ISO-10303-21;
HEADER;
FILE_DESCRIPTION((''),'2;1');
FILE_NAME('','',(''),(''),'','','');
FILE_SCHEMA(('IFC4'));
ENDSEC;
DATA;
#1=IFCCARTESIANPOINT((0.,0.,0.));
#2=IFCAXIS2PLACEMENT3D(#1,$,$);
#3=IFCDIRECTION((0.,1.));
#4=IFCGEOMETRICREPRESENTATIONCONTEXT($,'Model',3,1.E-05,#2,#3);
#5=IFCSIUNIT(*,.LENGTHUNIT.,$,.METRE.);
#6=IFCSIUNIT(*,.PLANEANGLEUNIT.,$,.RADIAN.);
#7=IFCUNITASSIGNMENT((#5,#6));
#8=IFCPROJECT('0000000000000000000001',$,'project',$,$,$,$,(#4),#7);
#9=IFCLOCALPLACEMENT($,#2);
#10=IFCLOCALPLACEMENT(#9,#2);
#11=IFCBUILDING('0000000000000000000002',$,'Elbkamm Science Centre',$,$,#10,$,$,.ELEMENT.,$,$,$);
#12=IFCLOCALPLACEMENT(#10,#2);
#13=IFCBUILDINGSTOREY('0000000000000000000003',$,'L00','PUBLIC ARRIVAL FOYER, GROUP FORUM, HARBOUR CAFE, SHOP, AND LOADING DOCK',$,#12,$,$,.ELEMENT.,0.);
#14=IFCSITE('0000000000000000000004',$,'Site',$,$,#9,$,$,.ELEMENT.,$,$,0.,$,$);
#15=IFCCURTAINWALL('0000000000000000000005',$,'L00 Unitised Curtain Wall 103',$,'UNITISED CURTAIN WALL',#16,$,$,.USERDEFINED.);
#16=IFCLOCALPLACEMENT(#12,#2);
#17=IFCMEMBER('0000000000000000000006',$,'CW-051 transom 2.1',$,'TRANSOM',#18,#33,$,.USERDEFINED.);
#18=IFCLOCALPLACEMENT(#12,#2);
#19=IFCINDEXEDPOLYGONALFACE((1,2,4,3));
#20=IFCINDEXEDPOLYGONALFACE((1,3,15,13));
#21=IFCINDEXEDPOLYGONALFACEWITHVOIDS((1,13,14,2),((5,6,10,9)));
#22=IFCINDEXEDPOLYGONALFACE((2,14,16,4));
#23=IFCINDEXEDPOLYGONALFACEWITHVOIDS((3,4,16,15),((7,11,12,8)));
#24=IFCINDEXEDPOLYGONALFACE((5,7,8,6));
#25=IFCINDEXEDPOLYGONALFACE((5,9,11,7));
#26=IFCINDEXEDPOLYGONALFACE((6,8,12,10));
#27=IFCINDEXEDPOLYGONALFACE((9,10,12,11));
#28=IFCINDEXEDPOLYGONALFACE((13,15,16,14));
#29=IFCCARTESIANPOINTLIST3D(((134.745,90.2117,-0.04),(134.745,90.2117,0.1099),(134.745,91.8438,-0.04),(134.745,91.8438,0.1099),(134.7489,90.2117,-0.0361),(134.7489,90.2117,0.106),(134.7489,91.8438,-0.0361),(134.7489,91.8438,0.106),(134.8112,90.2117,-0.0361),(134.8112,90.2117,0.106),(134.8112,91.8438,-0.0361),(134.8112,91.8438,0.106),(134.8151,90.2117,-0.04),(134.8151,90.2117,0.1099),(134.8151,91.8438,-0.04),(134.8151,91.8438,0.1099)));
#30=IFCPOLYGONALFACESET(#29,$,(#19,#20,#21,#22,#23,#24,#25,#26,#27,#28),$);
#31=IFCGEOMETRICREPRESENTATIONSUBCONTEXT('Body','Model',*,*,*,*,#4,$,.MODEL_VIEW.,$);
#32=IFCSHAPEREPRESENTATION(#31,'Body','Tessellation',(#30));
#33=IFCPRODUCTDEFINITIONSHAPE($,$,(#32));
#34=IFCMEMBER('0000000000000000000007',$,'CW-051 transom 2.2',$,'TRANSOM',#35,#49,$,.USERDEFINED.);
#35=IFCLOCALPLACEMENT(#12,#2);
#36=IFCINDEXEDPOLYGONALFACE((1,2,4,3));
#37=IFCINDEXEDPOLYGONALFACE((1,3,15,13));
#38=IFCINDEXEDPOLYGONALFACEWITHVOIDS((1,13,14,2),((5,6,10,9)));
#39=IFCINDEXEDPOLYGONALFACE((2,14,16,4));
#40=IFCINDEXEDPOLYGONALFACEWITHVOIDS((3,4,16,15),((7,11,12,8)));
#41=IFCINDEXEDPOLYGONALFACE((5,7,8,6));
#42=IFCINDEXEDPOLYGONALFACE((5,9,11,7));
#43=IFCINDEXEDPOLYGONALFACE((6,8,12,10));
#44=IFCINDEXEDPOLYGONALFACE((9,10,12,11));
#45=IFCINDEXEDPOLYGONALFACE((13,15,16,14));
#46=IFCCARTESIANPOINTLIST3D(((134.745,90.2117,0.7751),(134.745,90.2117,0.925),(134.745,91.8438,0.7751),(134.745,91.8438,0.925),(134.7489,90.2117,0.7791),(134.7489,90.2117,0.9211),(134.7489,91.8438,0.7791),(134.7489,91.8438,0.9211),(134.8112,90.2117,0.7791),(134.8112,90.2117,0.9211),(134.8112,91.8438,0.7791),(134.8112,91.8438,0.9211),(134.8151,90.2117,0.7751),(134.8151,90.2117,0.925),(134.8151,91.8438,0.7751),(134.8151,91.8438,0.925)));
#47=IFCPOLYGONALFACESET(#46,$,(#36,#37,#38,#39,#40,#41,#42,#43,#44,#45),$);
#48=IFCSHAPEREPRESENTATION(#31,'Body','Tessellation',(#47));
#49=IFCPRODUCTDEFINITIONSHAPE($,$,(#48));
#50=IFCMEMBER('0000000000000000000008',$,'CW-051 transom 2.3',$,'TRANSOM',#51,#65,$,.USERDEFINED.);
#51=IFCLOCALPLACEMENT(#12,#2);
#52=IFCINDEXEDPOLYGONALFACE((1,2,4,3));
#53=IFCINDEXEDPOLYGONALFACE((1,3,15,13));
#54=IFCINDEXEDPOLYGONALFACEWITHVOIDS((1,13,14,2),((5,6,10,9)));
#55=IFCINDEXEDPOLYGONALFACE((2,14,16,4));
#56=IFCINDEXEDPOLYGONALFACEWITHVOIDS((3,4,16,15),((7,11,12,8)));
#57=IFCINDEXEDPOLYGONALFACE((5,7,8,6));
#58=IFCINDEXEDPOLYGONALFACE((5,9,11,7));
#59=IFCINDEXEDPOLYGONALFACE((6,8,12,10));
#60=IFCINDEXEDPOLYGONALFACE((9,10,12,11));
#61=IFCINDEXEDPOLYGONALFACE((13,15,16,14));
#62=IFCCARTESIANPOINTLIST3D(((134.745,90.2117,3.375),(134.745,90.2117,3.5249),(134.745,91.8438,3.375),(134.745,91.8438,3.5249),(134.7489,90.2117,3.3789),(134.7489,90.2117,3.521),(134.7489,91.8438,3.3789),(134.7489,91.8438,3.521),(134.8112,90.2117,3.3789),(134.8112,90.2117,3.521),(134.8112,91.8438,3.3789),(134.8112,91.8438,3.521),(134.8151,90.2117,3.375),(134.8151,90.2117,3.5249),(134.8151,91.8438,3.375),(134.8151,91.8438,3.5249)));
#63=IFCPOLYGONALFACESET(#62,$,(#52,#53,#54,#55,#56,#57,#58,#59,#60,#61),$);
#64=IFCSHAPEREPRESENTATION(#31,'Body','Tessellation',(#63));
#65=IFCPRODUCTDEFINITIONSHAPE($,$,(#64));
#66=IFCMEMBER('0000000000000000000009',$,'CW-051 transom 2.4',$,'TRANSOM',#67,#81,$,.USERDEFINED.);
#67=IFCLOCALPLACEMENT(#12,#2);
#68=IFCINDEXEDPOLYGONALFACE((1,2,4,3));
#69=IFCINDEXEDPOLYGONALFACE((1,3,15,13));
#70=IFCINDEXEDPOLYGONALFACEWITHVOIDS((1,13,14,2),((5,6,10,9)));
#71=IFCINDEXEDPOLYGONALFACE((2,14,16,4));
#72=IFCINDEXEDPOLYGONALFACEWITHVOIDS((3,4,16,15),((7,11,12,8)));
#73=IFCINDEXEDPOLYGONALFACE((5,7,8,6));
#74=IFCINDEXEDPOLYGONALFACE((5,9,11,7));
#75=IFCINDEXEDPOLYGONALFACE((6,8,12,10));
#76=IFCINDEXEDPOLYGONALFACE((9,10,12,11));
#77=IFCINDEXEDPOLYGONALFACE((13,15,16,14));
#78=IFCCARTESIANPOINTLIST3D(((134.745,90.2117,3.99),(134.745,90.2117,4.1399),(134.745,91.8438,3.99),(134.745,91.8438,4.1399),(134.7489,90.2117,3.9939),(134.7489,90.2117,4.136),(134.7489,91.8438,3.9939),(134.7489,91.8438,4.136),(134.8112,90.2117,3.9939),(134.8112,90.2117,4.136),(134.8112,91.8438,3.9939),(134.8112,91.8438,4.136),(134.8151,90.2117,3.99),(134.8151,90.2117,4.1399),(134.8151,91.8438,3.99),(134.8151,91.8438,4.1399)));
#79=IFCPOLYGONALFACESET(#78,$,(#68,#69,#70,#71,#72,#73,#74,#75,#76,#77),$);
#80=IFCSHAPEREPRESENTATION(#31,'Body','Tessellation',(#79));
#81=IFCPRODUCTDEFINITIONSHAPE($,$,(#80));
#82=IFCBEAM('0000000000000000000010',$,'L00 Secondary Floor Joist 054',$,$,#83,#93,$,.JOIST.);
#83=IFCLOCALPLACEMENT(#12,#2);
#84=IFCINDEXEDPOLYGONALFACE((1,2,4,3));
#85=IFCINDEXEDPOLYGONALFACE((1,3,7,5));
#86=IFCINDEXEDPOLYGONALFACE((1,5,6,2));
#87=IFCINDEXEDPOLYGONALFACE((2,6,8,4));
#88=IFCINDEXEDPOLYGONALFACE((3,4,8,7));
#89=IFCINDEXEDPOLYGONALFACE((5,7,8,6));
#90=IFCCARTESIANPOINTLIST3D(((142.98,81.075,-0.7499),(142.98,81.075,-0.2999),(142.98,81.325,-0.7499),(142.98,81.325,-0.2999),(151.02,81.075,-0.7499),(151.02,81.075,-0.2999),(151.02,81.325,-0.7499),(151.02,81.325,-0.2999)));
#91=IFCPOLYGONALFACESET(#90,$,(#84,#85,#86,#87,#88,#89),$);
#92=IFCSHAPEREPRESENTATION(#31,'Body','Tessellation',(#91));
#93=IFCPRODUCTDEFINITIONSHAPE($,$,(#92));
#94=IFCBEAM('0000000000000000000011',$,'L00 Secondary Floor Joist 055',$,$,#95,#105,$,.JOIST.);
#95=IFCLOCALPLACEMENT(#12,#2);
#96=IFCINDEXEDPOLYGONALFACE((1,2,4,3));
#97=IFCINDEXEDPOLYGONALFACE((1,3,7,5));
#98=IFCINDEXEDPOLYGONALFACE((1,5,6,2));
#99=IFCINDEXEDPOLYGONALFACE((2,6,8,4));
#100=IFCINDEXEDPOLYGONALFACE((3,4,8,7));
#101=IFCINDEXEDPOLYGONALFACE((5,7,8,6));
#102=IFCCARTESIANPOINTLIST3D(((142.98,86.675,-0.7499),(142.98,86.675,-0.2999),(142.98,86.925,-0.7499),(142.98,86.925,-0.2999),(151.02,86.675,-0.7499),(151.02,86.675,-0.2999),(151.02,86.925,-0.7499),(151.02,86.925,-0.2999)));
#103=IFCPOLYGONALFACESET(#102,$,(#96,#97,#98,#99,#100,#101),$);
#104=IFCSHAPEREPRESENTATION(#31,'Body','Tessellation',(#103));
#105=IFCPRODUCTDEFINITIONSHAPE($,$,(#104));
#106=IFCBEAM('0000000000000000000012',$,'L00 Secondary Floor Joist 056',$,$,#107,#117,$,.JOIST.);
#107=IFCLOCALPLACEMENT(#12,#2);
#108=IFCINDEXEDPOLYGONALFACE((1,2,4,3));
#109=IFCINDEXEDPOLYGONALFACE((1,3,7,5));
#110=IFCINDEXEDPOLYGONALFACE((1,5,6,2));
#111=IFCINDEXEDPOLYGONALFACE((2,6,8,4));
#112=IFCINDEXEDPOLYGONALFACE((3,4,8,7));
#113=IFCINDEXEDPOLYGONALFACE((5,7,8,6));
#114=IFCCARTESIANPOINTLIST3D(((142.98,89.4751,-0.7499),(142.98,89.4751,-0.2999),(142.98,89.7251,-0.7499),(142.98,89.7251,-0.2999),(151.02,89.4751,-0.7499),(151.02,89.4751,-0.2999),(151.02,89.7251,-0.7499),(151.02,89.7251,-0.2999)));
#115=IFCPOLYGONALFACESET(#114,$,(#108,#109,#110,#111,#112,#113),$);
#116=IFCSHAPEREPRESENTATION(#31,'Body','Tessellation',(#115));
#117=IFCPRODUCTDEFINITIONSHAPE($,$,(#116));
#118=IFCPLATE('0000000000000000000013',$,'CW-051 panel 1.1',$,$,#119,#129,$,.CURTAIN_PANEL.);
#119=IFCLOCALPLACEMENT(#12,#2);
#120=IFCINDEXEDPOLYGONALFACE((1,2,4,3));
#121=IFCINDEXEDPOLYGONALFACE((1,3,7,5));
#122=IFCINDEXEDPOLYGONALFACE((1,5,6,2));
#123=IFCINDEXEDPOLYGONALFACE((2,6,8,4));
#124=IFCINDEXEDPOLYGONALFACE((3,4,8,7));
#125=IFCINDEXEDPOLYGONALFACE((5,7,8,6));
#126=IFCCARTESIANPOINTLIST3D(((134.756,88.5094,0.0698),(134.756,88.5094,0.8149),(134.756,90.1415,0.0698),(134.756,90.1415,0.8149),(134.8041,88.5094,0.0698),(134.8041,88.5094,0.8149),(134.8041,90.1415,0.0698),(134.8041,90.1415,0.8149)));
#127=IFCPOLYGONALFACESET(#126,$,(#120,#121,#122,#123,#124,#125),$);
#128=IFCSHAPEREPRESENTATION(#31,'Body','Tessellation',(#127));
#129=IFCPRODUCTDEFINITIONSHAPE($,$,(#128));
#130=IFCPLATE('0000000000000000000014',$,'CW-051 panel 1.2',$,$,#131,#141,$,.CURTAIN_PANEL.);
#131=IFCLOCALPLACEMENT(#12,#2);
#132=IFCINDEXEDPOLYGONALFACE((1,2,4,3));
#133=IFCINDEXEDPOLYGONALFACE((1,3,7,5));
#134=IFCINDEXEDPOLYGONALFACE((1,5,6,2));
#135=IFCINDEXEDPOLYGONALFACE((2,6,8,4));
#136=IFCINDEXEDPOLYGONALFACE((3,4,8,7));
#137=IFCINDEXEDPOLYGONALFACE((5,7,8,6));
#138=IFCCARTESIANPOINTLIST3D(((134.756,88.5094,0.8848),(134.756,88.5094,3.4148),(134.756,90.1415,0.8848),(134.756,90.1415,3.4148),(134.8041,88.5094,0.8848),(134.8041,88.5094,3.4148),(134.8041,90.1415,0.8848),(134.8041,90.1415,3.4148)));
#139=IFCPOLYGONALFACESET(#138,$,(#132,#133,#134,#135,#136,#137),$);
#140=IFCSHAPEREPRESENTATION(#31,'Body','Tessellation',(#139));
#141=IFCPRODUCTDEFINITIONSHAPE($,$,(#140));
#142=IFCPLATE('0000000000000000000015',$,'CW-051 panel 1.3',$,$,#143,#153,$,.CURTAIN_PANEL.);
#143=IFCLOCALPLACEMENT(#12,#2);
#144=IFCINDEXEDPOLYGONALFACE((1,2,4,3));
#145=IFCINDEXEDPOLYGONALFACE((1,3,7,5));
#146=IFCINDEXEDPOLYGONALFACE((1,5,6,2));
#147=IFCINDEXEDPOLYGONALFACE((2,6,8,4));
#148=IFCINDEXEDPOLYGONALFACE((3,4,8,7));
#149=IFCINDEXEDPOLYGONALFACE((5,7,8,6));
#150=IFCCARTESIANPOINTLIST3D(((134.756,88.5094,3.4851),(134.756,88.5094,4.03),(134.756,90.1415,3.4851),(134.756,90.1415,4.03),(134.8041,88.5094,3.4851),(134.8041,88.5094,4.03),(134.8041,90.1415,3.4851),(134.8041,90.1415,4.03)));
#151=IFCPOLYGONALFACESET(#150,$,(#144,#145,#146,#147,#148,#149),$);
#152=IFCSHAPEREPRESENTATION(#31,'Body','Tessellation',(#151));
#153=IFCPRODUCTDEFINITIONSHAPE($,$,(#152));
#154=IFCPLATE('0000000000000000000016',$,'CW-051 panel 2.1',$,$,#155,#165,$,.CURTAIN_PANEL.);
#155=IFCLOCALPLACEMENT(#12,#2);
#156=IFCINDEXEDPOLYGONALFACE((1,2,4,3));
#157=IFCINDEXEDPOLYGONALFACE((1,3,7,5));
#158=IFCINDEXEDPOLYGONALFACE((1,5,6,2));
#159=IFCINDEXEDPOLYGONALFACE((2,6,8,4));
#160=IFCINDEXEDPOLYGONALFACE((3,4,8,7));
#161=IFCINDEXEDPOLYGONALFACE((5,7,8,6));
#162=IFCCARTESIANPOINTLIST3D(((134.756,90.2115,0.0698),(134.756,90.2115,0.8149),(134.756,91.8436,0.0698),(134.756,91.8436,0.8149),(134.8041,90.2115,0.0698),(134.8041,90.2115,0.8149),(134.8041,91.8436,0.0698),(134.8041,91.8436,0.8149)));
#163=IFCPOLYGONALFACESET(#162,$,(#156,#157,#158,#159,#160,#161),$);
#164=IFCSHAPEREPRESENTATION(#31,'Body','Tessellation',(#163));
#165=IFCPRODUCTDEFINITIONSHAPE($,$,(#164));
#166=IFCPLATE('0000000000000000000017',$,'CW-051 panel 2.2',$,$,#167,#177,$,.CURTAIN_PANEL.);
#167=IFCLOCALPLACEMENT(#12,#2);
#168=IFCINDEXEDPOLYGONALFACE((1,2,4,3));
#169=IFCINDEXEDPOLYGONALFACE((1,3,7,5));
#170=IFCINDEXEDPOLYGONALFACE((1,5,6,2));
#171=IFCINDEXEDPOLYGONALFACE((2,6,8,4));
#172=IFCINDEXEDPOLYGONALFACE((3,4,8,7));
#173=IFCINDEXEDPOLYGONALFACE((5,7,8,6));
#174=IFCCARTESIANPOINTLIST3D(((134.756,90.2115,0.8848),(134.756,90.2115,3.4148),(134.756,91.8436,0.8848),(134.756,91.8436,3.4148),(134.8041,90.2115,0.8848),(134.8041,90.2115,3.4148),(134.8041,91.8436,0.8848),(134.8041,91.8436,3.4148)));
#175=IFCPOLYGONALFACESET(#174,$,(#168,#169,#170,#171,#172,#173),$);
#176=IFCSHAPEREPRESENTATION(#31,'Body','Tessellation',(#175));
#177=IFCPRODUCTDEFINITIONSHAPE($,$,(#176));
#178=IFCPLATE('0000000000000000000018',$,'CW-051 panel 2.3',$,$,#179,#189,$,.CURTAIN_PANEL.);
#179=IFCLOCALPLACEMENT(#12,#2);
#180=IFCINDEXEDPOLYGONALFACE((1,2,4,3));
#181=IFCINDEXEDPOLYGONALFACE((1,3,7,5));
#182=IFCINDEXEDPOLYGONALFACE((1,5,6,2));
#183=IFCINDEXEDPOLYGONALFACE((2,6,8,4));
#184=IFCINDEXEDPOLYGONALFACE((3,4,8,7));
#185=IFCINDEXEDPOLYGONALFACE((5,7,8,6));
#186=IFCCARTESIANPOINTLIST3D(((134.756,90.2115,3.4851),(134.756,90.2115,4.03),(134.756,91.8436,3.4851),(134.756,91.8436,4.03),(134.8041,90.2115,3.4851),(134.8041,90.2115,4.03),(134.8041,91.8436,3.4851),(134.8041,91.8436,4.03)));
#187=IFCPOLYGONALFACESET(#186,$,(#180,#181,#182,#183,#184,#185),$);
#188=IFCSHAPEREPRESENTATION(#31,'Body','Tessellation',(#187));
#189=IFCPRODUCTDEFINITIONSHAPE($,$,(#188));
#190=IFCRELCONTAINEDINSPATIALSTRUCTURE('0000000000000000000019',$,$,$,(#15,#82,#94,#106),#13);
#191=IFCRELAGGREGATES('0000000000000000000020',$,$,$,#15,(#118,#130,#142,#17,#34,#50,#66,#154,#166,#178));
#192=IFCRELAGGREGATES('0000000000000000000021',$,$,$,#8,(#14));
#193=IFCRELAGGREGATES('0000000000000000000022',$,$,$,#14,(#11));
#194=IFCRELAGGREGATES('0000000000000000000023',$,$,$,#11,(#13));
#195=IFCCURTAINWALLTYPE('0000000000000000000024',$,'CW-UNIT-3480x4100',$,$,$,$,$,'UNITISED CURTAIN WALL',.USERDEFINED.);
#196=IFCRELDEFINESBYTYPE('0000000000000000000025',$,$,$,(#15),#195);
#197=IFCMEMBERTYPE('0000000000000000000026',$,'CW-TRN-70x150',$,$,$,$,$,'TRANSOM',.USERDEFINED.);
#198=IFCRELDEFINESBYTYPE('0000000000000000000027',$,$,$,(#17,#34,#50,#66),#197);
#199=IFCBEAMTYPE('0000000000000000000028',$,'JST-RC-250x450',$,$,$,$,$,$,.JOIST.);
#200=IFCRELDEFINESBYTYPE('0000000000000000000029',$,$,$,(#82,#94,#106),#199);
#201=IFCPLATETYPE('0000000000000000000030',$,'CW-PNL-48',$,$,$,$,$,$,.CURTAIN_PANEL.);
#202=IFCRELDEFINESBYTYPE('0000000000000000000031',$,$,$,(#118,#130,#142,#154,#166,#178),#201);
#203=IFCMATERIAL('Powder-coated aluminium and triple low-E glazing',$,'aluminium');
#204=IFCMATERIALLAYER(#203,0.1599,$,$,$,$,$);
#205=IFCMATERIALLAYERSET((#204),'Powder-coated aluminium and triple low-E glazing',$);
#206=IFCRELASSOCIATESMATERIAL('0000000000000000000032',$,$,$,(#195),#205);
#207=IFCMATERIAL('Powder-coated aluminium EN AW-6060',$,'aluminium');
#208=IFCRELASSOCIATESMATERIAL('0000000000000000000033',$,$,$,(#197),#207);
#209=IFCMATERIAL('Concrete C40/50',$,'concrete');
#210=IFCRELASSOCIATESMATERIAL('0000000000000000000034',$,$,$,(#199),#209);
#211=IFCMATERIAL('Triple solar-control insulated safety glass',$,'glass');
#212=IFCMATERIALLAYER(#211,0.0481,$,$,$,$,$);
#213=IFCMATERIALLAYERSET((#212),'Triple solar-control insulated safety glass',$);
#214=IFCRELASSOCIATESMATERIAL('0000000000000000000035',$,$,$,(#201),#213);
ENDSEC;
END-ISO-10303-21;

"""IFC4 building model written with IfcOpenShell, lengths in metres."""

from ifc_helpers import new_model, si_unit, direction, frame, origin, origin_2d, place, context, subcontext, project, spatial, rectangle, hollow_rectangle, extrude, material, layer, layer_set, material_profile, profile_set, type_object, element, aggregate, save


model = new_model("IFC4")

# Units and contexts
model_context = context("Model", 3, precision=1e-05, world=origin(), true_north=direction((0.0, 1.0)))
body_context = subcontext(model_context, "Body", "Model", "MODEL_VIEW")
ifc_project = project(units=[si_unit("LENGTHUNIT", "METRE"), si_unit("PLANEANGLEUNIT", "RADIAN")], contexts=[model_context])

# Site, building, storey
site_placement = place(None, origin())
site = spatial("IfcSite", under=ifc_project, at=site_placement, Name="Site", CompositionType="ELEMENT", RefElevation=0.0)
building_placement = place(site_placement, origin())
building = spatial("IfcBuilding", under=site, at=building_placement, Name="Elbkamm Science Centre", CompositionType="ELEMENT")
storey_placement = place(building_placement, origin())
storey = spatial("IfcBuildingStorey", under=building, at=storey_placement, Name="L00", Description="PUBLIC ARRIVAL FOYER, GROUP FORUM, HARBOUR CAFE, SHOP, AND LOADING DOCK", CompositionType="ELEMENT", Elevation=0.0)

# Shared definitions
ifc_material_1 = material(Name="Concrete C40/50", Category="concrete")

# Shared definitions
ifc_material_2 = material(Name="Powder-coated aluminium and triple low-E glazing", Category="aluminium")
ifc_layer_1 = layer(ifc_material_2, 0.1599)
ifc_layer_set_1 = layer_set([ifc_layer_1], Name="Powder-coated aluminium and triple low-E glazing")
curtain_wall_type = type_object("IfcCurtainWallType", Name="CW-UNIT-3480x4100", ElementType="UNITISED CURTAIN WALL", PredefinedType="USERDEFINED", material=ifc_layer_set_1)
ifc_material_3 = material(Name="Powder-coated aluminium EN AW-6060", Category="aluminium")

# Curtain wall, members
curtain_wall_1_placement = place(storey_placement, origin())
curtain_wall_1 = element("IfcCurtainWall", 1, at=curtain_wall_1_placement, inside=storey, type_object=curtain_wall_type, Name="L00 Unitised Curtain Wall 103", ObjectType="UNITISED CURTAIN WALL", PredefinedType="USERDEFINED")
ifc_material_profile_1 = material_profile(ifc_material_3, hollow_rectangle(XDim=0.0701, YDim=0.1499, WallThickness=0.0039, at=origin_2d()), Name="ALU T70x150")
ifc_profile_set_1 = profile_set([ifc_material_profile_1], Name="Powder-coated aluminium EN AW-6060")
member_type_1 = type_object("IfcMemberType", Name="CW-TRN-70x150", ElementType="TRANSOM", PredefinedType="USERDEFINED", material=ifc_profile_set_1)
member_1_placement = place(storey_placement, frame((134.78, 90.2117, 0.0349), z_axis=(0.0, 1.0, 0.0), x_axis=(-1.0, 0.0, 0.0)))
member_1 = element("IfcMember", 2, at=member_1_placement, type_object=member_type_1, Name="CW-051 transom 2.1", ObjectType="TRANSOM", PredefinedType="USERDEFINED", context=body_context, shape_type="SweptSolid", body=[
    extrude(hollow_rectangle(XDim=0.0701, YDim=0.1499, WallThickness=0.0039, at=origin_2d()), origin(), (0.0, 0.0, 1.0), 1.6321),
])
member_2_placement = place(storey_placement, frame((134.78, 90.2117, 0.8501), z_axis=(0.0, 1.0, 0.0), x_axis=(-1.0, 0.0, 0.0)))
member_2 = element("IfcMember", 3, at=member_2_placement, type_object=member_type_1, Name="CW-051 transom 2.2", ObjectType="TRANSOM", PredefinedType="USERDEFINED", context=body_context, shape_type="SweptSolid", body=[
    extrude(hollow_rectangle(XDim=0.0701, YDim=0.1499, WallThickness=0.0039, at=origin_2d()), origin(), (0.0, 0.0, 1.0), 1.6321),
])
member_3_placement = place(storey_placement, frame((134.78, 90.2117, 3.45), z_axis=(0.0, 1.0, 0.0), x_axis=(-1.0, 0.0, 0.0)))
member_3 = element("IfcMember", 4, at=member_3_placement, type_object=member_type_1, Name="CW-051 transom 2.3", ObjectType="TRANSOM", PredefinedType="USERDEFINED", context=body_context, shape_type="SweptSolid", body=[
    extrude(hollow_rectangle(XDim=0.0701, YDim=0.1499, WallThickness=0.0039, at=origin_2d()), origin(), (0.0, 0.0, 1.0), 1.6321),
])
member_4_placement = place(storey_placement, frame((134.78, 90.2117, 4.0649), z_axis=(0.0, 1.0, 0.0), x_axis=(-1.0, 0.0, 0.0)))
member_4 = element("IfcMember", 5, at=member_4_placement, type_object=member_type_1, Name="CW-051 transom 2.4", ObjectType="TRANSOM", PredefinedType="USERDEFINED", context=body_context, shape_type="SweptSolid", body=[
    extrude(hollow_rectangle(XDim=0.0701, YDim=0.1499, WallThickness=0.0039, at=origin_2d()), origin(), (0.0, 0.0, 1.0), 1.6321),
])

# Beams
ifc_material_profile_2 = material_profile(ifc_material_1, rectangle(XDim=0.25, YDim=0.45, at=origin_2d()), Name="RC 250x450")
ifc_profile_set_2 = profile_set([ifc_material_profile_2], Name="Concrete C40/50")
beam_type_1 = type_object("IfcBeamType", Name="JST-RC-250x450", PredefinedType="JOIST", material=ifc_profile_set_2)
for number, where, z_axis, x_axis, name in (
    (6, (142.98, 81.2, -0.5249), (1.0, 0.0, 0.0), (0.0, 1.0, 0.0), "L00 Secondary Floor Joist 054"),
    (7, (142.98, 86.8, -0.5249), (1.0, 0.0, 0.0), (0.0, 1.0, 0.0), "L00 Secondary Floor Joist 055"),
    (8, (142.98, 89.6001, -0.5249), (1.0, 0.0, 0.0), (0.0, 1.0, 0.0), "L00 Secondary Floor Joist 056"),
):
    element("IfcBeam", number, at=place(storey_placement, frame(where, z_axis=z_axis, x_axis=x_axis)), inside=storey, type_object=beam_type_1, Name=name, PredefinedType="JOIST", context=body_context, shape_type="SweptSolid", body=[
        extrude(rectangle(XDim=0.25, YDim=0.45, at=origin_2d()), origin(), (0.0, 0.0, 1.0), 8.04),
    ])

# Plates
ifc_material_4 = material(Name="Triple solar-control insulated safety glass", Category="glass")
ifc_layer_2 = layer(ifc_material_4, 0.0481)
ifc_layer_set_2 = layer_set([ifc_layer_2], Name="Triple solar-control insulated safety glass")
plate_type = type_object("IfcPlateType", Name="CW-PNL-48", PredefinedType="CURTAIN_PANEL", material=ifc_layer_set_2)
plate_1_placement = place(storey_placement, frame((134.78, 89.3254, 0.0698), z_axis=(0.0, 0.0, 1.0), x_axis=(0.0, 1.0, 0.0)))
plate_1 = element("IfcPlate", 9, at=plate_1_placement, type_object=plate_type, Name="CW-051 panel 1.1", PredefinedType="CURTAIN_PANEL", context=body_context, shape_type="SweptSolid", body=[
    extrude(rectangle(XDim=1.6321, YDim=0.0481, at=origin_2d()), origin(), (0.0, 0.0, 1.0), 0.7451),
])
plate_2_placement = place(storey_placement, frame((134.78, 89.3254, 0.8848), z_axis=(0.0, 0.0, 1.0), x_axis=(0.0, 1.0, 0.0)))
plate_2 = element("IfcPlate", 10, at=plate_2_placement, type_object=plate_type, Name="CW-051 panel 1.2", PredefinedType="CURTAIN_PANEL", context=body_context, shape_type="SweptSolid", body=[
    extrude(rectangle(XDim=1.6321, YDim=0.0481, at=origin_2d()), origin(), (0.0, 0.0, 1.0), 2.53),
])
plate_3_placement = place(storey_placement, frame((134.78, 89.3254, 3.4851), z_axis=(0.0, 0.0, 1.0), x_axis=(0.0, 1.0, 0.0)))
plate_3 = element("IfcPlate", 11, at=plate_3_placement, type_object=plate_type, Name="CW-051 panel 1.3", PredefinedType="CURTAIN_PANEL", context=body_context, shape_type="SweptSolid", body=[
    extrude(rectangle(XDim=1.6321, YDim=0.0481, at=origin_2d()), origin(), (0.0, 0.0, 1.0), 0.5449),
])
plate_4_placement = place(storey_placement, frame((134.78, 91.0276, 0.0698), z_axis=(0.0, 0.0, 1.0), x_axis=(0.0, 1.0, 0.0)))
plate_4 = element("IfcPlate", 12, at=plate_4_placement, type_object=plate_type, Name="CW-051 panel 2.1", PredefinedType="CURTAIN_PANEL", context=body_context, shape_type="SweptSolid", body=[
    extrude(rectangle(XDim=1.6321, YDim=0.0481, at=origin_2d()), origin(), (0.0, 0.0, 1.0), 0.7451),
])
plate_5_placement = place(storey_placement, frame((134.78, 91.0276, 0.8848), z_axis=(0.0, 0.0, 1.0), x_axis=(0.0, 1.0, 0.0)))
plate_5 = element("IfcPlate", 13, at=plate_5_placement, type_object=plate_type, Name="CW-051 panel 2.2", PredefinedType="CURTAIN_PANEL", context=body_context, shape_type="SweptSolid", body=[
    extrude(rectangle(XDim=1.6321, YDim=0.0481, at=origin_2d()), origin(), (0.0, 0.0, 1.0), 2.53),
])
plate_6_placement = place(storey_placement, frame((134.78, 91.0276, 3.4851), z_axis=(0.0, 0.0, 1.0), x_axis=(0.0, 1.0, 0.0)))
plate_6 = element("IfcPlate", 14, at=plate_6_placement, type_object=plate_type, Name="CW-051 panel 2.3", PredefinedType="CURTAIN_PANEL", context=body_context, shape_type="SweptSolid", body=[
    extrude(rectangle(XDim=1.6321, YDim=0.0481, at=origin_2d()), origin(), (0.0, 0.0, 1.0), 0.5449),
])
aggregate(curtain_wall_1, [plate_1, plate_2, plate_3, member_1, member_2, member_3, member_4, plate_4, plate_5, plate_6])

save(model, "model.ifc")
